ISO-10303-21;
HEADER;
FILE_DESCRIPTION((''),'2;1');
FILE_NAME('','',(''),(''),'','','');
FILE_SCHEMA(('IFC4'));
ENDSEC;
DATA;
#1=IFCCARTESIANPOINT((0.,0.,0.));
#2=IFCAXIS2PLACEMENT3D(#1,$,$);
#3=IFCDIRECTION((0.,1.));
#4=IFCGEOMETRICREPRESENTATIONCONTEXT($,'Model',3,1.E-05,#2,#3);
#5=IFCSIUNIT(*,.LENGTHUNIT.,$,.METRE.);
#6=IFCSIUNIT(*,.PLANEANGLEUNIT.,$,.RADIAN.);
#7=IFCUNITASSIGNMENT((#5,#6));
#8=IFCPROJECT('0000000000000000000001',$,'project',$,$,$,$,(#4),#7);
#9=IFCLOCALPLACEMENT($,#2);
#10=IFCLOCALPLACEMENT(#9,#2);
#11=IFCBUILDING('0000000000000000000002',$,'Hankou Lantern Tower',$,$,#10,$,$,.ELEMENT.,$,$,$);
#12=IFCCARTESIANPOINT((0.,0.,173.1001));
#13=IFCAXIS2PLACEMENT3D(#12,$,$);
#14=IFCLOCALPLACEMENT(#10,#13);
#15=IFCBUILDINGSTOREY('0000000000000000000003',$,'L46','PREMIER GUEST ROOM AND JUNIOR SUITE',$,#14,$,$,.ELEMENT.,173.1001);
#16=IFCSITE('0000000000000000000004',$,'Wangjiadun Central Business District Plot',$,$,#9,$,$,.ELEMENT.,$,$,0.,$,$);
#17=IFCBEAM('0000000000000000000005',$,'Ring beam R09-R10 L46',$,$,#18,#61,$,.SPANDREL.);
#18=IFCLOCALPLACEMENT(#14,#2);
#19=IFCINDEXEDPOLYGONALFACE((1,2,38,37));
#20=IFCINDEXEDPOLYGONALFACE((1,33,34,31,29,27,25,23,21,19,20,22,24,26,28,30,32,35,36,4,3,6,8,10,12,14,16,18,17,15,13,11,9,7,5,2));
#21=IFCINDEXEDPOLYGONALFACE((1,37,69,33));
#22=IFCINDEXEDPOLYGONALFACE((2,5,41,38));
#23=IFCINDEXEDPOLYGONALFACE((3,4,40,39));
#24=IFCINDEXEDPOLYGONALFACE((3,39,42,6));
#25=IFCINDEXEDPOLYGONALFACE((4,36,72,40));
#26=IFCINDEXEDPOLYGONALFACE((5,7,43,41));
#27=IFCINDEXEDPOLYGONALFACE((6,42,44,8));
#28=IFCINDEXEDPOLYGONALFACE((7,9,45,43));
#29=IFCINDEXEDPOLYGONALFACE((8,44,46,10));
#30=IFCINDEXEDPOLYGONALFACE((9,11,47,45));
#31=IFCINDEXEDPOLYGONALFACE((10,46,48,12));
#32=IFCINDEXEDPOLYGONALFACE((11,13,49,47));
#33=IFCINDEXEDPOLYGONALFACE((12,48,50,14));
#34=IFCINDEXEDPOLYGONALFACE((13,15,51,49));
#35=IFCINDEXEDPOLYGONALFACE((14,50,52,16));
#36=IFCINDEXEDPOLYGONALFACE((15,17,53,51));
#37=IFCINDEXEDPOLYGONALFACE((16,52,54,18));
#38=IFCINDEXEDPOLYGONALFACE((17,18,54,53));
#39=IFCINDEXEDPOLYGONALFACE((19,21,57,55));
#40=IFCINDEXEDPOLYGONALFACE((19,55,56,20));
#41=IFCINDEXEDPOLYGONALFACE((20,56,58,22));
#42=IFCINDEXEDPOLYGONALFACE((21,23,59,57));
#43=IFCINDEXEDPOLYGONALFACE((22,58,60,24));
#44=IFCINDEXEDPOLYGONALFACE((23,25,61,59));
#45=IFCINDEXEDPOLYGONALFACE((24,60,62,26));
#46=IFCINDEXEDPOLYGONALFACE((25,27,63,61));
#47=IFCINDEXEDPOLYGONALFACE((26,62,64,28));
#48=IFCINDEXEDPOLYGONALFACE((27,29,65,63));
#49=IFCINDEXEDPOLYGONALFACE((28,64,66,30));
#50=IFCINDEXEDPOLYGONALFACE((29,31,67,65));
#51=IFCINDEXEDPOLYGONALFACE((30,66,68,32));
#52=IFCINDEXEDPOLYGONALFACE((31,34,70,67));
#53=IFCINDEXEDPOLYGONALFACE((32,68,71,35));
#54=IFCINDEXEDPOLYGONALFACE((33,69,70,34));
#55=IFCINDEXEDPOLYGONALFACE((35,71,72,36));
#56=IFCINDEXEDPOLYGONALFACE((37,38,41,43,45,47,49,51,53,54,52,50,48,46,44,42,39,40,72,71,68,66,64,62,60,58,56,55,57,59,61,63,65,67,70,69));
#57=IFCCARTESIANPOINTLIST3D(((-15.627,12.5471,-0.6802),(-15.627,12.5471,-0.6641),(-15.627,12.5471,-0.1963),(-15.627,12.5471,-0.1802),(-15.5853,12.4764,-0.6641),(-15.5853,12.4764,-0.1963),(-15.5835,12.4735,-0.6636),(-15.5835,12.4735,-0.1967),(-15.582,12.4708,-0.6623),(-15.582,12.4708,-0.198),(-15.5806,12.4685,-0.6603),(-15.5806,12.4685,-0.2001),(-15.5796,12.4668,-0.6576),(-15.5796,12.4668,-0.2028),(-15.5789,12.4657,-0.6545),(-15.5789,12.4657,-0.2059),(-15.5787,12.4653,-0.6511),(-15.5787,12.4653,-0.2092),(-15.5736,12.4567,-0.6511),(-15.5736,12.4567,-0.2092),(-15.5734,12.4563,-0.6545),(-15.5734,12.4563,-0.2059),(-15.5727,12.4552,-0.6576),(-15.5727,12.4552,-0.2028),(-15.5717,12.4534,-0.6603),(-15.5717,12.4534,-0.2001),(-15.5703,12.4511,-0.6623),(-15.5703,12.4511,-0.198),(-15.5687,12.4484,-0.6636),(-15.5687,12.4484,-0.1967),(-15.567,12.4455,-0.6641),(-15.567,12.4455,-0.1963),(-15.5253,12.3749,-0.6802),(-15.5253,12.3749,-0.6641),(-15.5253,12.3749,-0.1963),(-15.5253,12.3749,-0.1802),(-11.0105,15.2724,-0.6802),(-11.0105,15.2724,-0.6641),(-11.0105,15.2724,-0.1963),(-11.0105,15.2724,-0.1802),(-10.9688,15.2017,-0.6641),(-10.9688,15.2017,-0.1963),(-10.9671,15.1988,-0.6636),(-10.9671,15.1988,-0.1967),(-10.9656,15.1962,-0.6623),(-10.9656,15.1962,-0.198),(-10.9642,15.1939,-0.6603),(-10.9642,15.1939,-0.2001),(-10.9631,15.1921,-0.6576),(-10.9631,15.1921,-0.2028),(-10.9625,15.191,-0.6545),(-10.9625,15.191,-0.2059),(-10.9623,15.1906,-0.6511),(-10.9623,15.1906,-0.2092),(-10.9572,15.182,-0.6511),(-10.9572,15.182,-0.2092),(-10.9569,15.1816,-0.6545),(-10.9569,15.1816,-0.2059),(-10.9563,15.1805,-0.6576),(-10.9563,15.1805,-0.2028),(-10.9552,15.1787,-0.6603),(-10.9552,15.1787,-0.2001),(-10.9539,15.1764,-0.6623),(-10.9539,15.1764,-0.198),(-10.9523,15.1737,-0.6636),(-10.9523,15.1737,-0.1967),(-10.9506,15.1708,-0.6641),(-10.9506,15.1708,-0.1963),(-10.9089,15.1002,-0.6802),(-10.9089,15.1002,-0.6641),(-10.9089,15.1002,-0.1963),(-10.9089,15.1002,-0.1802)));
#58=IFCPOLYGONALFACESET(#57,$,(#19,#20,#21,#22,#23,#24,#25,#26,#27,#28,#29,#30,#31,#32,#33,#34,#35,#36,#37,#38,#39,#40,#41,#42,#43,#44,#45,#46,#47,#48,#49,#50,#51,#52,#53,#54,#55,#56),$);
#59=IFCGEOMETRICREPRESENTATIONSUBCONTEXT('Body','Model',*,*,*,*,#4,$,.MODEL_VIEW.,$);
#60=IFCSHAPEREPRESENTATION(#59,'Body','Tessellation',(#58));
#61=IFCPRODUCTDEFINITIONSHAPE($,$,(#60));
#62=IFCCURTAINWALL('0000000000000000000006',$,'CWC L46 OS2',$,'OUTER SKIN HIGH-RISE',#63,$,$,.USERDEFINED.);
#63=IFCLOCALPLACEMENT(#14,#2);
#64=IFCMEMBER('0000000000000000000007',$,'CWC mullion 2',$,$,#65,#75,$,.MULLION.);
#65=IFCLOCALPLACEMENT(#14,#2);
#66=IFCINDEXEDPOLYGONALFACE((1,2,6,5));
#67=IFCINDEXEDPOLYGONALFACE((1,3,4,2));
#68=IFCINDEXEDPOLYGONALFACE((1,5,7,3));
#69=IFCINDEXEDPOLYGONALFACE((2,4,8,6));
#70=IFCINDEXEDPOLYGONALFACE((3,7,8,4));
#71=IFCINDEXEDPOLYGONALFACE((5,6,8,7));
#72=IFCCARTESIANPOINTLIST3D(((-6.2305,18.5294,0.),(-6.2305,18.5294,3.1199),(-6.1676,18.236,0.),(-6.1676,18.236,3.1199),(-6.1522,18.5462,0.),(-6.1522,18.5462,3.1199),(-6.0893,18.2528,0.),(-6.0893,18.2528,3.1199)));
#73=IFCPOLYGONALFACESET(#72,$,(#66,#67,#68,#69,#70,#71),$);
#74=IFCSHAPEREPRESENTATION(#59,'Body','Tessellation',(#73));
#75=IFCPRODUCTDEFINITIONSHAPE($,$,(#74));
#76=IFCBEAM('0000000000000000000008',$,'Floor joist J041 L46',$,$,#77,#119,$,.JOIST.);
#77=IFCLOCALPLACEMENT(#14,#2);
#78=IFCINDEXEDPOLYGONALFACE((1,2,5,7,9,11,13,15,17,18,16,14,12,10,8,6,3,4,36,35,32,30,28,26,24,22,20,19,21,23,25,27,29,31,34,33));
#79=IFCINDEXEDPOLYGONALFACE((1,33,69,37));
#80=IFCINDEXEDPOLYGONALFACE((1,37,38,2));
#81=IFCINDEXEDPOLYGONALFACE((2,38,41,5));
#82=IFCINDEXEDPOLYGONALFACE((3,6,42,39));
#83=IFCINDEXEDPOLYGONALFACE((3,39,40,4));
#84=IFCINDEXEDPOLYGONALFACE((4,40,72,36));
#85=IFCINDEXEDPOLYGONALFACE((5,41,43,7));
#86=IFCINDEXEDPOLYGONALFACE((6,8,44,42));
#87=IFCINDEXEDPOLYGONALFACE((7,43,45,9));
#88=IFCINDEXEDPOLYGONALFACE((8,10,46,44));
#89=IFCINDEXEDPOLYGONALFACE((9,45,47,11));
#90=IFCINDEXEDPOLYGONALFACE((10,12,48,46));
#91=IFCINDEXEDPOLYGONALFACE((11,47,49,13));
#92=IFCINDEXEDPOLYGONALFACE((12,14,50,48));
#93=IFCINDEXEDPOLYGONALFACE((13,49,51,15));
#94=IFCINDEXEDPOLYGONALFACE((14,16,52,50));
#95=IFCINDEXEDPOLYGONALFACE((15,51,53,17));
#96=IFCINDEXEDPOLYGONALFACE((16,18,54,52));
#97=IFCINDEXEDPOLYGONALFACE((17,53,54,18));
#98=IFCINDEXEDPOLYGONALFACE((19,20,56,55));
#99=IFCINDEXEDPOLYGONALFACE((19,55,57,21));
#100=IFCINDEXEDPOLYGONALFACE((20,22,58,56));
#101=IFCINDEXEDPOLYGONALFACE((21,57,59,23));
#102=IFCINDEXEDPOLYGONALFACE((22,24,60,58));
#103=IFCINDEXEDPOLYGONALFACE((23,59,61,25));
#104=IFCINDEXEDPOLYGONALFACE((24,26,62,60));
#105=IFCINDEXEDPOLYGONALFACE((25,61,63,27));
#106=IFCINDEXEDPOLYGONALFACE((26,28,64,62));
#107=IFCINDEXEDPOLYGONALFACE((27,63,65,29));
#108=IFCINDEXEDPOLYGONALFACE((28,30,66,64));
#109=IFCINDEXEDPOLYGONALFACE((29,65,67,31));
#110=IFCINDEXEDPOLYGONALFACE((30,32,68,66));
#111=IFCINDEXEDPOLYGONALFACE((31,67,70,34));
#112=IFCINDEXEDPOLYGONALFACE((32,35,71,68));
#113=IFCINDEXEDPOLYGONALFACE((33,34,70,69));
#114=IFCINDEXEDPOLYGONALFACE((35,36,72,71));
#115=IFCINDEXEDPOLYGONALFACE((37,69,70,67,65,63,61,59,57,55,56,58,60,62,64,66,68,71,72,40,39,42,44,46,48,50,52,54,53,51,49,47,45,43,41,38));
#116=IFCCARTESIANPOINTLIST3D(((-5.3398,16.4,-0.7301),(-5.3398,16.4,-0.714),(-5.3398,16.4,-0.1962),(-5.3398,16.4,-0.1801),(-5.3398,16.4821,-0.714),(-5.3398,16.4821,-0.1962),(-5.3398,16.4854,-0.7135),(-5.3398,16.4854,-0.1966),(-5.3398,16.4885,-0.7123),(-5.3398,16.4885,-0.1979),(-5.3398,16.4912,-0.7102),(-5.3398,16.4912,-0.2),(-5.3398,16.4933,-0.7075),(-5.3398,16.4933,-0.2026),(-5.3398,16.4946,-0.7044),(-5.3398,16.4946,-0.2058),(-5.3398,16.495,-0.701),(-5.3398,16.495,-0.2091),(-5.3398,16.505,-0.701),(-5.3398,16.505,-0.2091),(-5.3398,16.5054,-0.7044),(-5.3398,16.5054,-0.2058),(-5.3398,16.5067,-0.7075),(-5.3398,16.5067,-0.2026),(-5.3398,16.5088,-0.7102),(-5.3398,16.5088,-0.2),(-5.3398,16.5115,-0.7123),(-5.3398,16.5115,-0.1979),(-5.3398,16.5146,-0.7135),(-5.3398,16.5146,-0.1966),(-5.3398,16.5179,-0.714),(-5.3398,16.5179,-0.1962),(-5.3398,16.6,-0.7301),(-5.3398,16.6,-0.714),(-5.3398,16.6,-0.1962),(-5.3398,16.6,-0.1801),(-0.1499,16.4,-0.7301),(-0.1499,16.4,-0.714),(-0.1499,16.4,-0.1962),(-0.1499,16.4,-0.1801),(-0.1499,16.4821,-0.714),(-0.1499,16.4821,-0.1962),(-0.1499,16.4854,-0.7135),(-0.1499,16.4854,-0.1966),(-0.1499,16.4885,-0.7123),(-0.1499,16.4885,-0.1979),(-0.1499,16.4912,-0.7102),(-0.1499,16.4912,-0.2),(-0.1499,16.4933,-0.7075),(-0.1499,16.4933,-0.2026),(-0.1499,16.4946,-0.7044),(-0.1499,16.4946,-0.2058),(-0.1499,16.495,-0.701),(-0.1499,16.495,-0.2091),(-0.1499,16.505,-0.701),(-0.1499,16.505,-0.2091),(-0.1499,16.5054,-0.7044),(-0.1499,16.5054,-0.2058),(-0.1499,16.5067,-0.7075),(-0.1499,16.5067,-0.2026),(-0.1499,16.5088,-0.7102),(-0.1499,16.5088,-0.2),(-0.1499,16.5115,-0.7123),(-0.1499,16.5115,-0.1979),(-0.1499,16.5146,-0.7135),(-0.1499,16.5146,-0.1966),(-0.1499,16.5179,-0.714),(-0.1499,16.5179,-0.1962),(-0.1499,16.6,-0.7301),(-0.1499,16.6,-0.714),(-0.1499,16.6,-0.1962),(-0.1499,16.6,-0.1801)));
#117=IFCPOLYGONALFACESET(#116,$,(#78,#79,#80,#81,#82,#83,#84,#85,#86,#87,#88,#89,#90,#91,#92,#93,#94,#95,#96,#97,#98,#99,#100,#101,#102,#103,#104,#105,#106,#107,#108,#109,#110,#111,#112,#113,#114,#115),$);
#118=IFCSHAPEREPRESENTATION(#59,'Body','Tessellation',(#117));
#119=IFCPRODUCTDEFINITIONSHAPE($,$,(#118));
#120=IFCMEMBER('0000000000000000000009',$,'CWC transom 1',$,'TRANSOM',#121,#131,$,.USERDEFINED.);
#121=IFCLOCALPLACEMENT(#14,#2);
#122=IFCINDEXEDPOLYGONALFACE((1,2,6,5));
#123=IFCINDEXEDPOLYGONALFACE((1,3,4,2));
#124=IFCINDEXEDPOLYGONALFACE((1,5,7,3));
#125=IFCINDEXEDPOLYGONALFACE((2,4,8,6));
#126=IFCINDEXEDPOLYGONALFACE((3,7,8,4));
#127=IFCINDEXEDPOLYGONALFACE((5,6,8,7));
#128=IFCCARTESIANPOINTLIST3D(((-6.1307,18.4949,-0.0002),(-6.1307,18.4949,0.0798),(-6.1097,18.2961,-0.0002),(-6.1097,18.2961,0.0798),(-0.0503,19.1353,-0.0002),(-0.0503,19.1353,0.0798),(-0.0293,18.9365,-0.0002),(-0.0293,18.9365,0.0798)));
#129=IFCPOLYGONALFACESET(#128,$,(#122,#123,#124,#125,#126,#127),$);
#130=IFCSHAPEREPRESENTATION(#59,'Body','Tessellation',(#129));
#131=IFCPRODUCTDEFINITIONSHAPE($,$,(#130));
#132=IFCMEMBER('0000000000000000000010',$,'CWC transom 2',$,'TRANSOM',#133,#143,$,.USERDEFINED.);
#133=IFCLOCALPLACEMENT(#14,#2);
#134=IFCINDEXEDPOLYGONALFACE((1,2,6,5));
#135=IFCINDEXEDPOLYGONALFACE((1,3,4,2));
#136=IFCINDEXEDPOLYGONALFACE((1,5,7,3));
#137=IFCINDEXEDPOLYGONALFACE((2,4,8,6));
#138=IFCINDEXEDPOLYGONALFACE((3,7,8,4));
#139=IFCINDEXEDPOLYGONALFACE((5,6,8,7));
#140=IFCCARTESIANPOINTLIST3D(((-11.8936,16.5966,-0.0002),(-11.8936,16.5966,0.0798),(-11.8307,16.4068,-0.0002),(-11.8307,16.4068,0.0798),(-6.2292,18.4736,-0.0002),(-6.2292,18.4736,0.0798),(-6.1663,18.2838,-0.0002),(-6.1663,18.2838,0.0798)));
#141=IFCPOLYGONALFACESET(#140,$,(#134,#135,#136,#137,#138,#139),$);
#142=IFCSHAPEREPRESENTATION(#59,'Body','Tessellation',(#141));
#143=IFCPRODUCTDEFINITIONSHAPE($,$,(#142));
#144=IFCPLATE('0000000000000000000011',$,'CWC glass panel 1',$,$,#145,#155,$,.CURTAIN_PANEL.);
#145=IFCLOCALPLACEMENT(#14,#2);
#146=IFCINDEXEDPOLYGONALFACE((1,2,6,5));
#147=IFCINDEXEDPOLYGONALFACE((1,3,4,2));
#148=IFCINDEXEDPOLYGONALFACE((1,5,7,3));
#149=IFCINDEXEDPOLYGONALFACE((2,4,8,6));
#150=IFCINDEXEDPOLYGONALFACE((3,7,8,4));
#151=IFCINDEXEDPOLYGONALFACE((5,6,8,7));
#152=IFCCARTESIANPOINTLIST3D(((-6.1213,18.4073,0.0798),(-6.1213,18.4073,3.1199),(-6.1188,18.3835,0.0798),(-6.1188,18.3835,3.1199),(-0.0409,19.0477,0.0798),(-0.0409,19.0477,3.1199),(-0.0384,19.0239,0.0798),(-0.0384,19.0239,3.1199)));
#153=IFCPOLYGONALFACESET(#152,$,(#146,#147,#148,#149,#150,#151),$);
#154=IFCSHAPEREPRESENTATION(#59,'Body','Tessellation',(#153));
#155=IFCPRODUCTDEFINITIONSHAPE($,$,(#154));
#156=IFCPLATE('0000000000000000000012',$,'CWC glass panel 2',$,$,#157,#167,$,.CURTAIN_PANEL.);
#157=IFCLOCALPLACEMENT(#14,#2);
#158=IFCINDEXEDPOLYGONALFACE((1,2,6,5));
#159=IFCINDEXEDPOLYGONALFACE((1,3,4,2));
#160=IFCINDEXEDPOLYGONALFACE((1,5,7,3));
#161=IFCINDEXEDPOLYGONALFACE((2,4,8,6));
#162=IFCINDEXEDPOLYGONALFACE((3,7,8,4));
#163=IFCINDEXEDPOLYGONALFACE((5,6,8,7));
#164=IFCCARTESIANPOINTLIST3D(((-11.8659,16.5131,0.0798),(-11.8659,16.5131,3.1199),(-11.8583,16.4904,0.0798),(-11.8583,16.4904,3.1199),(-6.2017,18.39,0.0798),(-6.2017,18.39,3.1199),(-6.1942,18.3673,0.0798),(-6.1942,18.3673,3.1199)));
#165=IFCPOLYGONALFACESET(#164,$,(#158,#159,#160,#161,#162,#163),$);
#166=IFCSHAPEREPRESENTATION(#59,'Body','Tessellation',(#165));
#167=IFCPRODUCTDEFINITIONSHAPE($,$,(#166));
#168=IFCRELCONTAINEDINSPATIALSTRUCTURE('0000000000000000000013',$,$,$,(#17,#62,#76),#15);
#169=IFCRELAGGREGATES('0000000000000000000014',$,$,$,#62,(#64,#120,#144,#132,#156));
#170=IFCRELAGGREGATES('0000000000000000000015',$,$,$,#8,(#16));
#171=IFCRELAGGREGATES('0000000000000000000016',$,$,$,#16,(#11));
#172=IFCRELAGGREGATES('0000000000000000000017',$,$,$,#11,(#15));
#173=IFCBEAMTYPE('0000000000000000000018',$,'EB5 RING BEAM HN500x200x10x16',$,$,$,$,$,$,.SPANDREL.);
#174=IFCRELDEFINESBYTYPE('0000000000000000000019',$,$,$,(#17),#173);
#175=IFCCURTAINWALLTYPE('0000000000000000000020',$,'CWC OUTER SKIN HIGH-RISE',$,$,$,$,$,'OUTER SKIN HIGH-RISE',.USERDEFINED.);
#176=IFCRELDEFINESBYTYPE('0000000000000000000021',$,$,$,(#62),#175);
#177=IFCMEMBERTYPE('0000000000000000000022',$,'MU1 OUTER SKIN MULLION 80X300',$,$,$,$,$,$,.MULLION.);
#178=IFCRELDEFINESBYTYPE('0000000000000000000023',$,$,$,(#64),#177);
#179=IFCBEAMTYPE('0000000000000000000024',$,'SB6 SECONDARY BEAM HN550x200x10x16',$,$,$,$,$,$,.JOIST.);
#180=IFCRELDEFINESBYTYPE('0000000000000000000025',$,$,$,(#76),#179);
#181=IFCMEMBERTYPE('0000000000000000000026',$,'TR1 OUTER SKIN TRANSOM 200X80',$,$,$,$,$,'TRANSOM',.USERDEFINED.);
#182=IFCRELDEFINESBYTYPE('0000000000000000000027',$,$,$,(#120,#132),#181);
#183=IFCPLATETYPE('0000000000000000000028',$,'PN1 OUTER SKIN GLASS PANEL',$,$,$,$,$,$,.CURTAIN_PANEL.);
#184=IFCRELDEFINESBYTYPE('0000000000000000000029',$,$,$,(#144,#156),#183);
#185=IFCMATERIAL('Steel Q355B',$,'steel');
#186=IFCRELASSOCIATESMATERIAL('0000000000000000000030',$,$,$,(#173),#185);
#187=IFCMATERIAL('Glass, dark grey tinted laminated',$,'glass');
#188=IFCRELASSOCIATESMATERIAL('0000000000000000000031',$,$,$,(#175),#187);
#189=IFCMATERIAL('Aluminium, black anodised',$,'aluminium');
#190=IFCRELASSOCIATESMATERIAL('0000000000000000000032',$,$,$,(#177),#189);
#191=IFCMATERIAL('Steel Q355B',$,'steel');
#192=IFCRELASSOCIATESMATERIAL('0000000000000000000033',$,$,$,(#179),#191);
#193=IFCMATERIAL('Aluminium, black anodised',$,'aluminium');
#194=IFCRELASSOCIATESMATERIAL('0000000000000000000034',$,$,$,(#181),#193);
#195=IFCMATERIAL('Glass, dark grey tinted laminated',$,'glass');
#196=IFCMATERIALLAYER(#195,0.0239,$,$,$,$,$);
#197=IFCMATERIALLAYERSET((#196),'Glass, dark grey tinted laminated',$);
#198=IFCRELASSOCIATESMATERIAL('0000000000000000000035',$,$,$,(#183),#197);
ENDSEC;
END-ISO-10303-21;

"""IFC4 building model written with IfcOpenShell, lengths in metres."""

from ifc_helpers import new_model, si_unit, direction, frame, origin, origin_2d, place, context, subcontext, project, spatial, rectangle, i_section, extrude, material, layer, layer_set, material_profile, profile_set, type_object, element, aggregate, save


model = new_model("IFC4")

# Units and contexts
model_context = context("Model", 3, precision=1e-05, world=origin(), true_north=direction((0.0, 1.0)))
body_context = subcontext(model_context, "Body", "Model", "MODEL_VIEW")
ifc_project = project(units=[si_unit("LENGTHUNIT", "METRE"), si_unit("PLANEANGLEUNIT", "RADIAN")], contexts=[model_context])

# Site, building, storey
site_placement = place(None, origin())
site = spatial("IfcSite", under=ifc_project, at=site_placement, Name="Wangjiadun Central Business District Plot", CompositionType="ELEMENT", RefElevation=0.0)
building_placement = place(site_placement, origin())
building = spatial("IfcBuilding", under=site, at=building_placement, Name="Hankou Lantern Tower", CompositionType="ELEMENT")
storey_placement = place(building_placement, frame((0.0, 0.0, 173.1001)))
storey = spatial("IfcBuildingStorey", under=building, at=storey_placement, Name="L46", Description="PREMIER GUEST ROOM AND JUNIOR SUITE", CompositionType="ELEMENT", Elevation=173.1001)

# Beam
ifc_material_1 = material(Name="Steel Q355B", Category="steel")
ifc_material_profile_1 = material_profile(ifc_material_1, i_section(OverallWidth=0.2, OverallDepth=0.5, WebThickness=0.01, FlangeThickness=0.0161, FilletRadius=0.0129, at=origin_2d()), Name="HN500x200x10x16")
ifc_profile_set_1 = profile_set([ifc_material_profile_1], Name="Steel Q355B")
beam_type_1 = type_object("IfcBeamType", Name="EB5 RING BEAM HN500x200x10x16", PredefinedType="SPANDREL", material=ifc_profile_set_1)
beam_1_placement = place(storey_placement, frame((-10.9597, 15.1863, -0.4302), z_axis=(-0.861136, -0.508375, 0.0), x_axis=(0.508375, -0.861136, 0.0)))
element("IfcBeam", 1, at=beam_1_placement, inside=storey, type_object=beam_type_1, Name="Ring beam R09-R10 L46", PredefinedType="SPANDREL", context=body_context, shape_type="SweptSolid", body=[
    extrude(i_section(OverallWidth=0.2, OverallDepth=0.5, WebThickness=0.01, FlangeThickness=0.0161, FilletRadius=0.0129, at=origin_2d()), origin(), (0.0, 0.0, 1.0), 5.3608),
])

# Curtain wall, member
ifc_material_2 = material(Name="Glass, dark grey tinted laminated", Category="glass")
curtain_wall_type = type_object("IfcCurtainWallType", Name="CWC OUTER SKIN HIGH-RISE", ElementType="OUTER SKIN HIGH-RISE", PredefinedType="USERDEFINED", material=ifc_material_2)
curtain_wall_placement = place(storey_placement, origin())
curtain_wall = element("IfcCurtainWall", 2, at=curtain_wall_placement, inside=storey, type_object=curtain_wall_type, Name="CWC L46 OS2", ObjectType="OUTER SKIN HIGH-RISE", PredefinedType="USERDEFINED")
ifc_material_3 = material(Name="Aluminium, black anodised", Category="aluminium")
ifc_material_profile_2 = material_profile(ifc_material_3, rectangle(XDim=0.0801, YDim=0.3, at=origin_2d()), Name="MU1 80X300")
ifc_profile_set_2 = profile_set([ifc_material_profile_2], Name="Aluminium, black anodised")
member_type_1 = type_object("IfcMemberType", Name="MU1 OUTER SKIN MULLION 80X300", PredefinedType="MULLION", material=ifc_profile_set_2)
member_1_placement = place(storey_placement, frame((-6.1599, 18.3911, 0.0), z_axis=(0.0, 0.0, 1.0), x_axis=(-0.977788, -0.209598, 0.0)))
member_1 = element("IfcMember", 3, at=member_1_placement, type_object=member_type_1, Name="CWC mullion 2", PredefinedType="MULLION", context=body_context, shape_type="SweptSolid", body=[
    extrude(rectangle(XDim=0.0801, YDim=0.3, at=origin_2d()), origin(), (0.0, 0.0, 1.0), 3.1199),
])

# Beam
ifc_material_4 = material(Name="Steel Q355B", Category="steel")
ifc_material_profile_3 = material_profile(ifc_material_4, i_section(OverallWidth=0.2, OverallDepth=0.55, WebThickness=0.01, FlangeThickness=0.0161, FilletRadius=0.0129, at=origin_2d()), Name="HN550x200x10x16")
ifc_profile_set_3 = profile_set([ifc_material_profile_3], Name="Steel Q355B")
beam_type_2 = type_object("IfcBeamType", Name="SB6 SECONDARY BEAM HN550x200x10x16", PredefinedType="JOIST", material=ifc_profile_set_3)
beam_2_placement = place(storey_placement, frame((-5.3398, 16.5, -0.4551), z_axis=(1.0, 0.0, 0.0), x_axis=(0.0, 1.0, 0.0)))
element("IfcBeam", 4, at=beam_2_placement, inside=storey, type_object=beam_type_2, Name="Floor joist J041 L46", PredefinedType="JOIST", context=body_context, shape_type="SweptSolid", body=[
    extrude(i_section(OverallWidth=0.2, OverallDepth=0.55, WebThickness=0.01, FlangeThickness=0.0161, FilletRadius=0.0129, at=origin_2d()), origin(), (0.0, 0.0, 1.0), 5.1899),
])

# Members
ifc_material_5 = material(Name="Aluminium, black anodised", Category="aluminium")
ifc_material_profile_4 = material_profile(ifc_material_5, rectangle(XDim=0.2, YDim=0.0801, at=origin_2d()), Name="TR1 200X80")
ifc_profile_set_4 = profile_set([ifc_material_profile_4], Name="Aluminium, black anodised")
member_type_2 = type_object("IfcMemberType", Name="TR1 OUTER SKIN TRANSOM 200X80", ElementType="TRANSOM", PredefinedType="USERDEFINED", material=ifc_profile_set_4)
member_2_placement = place(storey_placement, frame((-0.0398, 19.0359, 0.0398), z_axis=(-0.9945, -0.104741, 0.0), x_axis=(0.104741, -0.9945, 0.0)))
member_2 = element("IfcMember", 5, at=member_2_placement, type_object=member_type_2, Name="CWC transom 1", ObjectType="TRANSOM", PredefinedType="USERDEFINED", context=body_context, shape_type="SweptSolid", body=[
    extrude(rectangle(XDim=0.2, YDim=0.0801, at=origin_2d()), origin(), (0.0, 0.0, 1.0), 6.114),
])
member_3_placement = place(storey_placement, frame((-6.1978, 18.3787, 0.0398), z_axis=(-0.949242, -0.314546, 0.0), x_axis=(0.314546, -0.949242, 0.0)))
member_3 = element("IfcMember", 6, at=member_3_placement, type_object=member_type_2, Name="CWC transom 2", ObjectType="TRANSOM", PredefinedType="USERDEFINED", context=body_context, shape_type="SweptSolid", body=[
    extrude(rectangle(XDim=0.2, YDim=0.0801, at=origin_2d()), origin(), (0.0, 0.0, 1.0), 5.9673),
])

# Plates
ifc_material_6 = material(Name="Glass, dark grey tinted laminated", Category="glass")
ifc_layer_1 = layer(ifc_material_6, 0.0239)
ifc_layer_set_1 = layer_set([ifc_layer_1], Name="Glass, dark grey tinted laminated")
plate_type = type_object("IfcPlateType", Name="PN1 OUTER SKIN GLASS PANEL", PredefinedType="CURTAIN_PANEL", material=ifc_layer_set_1)
plate_1_placement = place(storey_placement, frame((-3.0798, 18.7156, 0.0798), z_axis=(0.0, 0.0, 1.0), x_axis=(-0.994499, -0.104743, 0.0)))
plate_1 = element("IfcPlate", 7, at=plate_1_placement, type_object=plate_type, Name="CWC glass panel 1", PredefinedType="CURTAIN_PANEL", context=body_context, shape_type="SweptSolid", body=[
    extrude(rectangle(XDim=6.114, YDim=0.0239, at=origin_2d()), origin(), (0.0, 0.0, 1.0), 3.04),
])
plate_2_placement = place(storey_placement, frame((-9.03, 17.4402, 0.0798), z_axis=(0.0, 0.0, 1.0), x_axis=(-0.949241, -0.314551, 0.0)))
plate_2 = element("IfcPlate", 8, at=plate_2_placement, type_object=plate_type, Name="CWC glass panel 2", PredefinedType="CURTAIN_PANEL", context=body_context, shape_type="SweptSolid", body=[
    extrude(rectangle(XDim=5.967, YDim=0.0239, at=origin_2d()), origin(), (0.0, 0.0, 1.0), 3.04),
])
aggregate(curtain_wall, [member_1, member_2, plate_1, member_3, plate_2])

save(model, "model.ifc")
